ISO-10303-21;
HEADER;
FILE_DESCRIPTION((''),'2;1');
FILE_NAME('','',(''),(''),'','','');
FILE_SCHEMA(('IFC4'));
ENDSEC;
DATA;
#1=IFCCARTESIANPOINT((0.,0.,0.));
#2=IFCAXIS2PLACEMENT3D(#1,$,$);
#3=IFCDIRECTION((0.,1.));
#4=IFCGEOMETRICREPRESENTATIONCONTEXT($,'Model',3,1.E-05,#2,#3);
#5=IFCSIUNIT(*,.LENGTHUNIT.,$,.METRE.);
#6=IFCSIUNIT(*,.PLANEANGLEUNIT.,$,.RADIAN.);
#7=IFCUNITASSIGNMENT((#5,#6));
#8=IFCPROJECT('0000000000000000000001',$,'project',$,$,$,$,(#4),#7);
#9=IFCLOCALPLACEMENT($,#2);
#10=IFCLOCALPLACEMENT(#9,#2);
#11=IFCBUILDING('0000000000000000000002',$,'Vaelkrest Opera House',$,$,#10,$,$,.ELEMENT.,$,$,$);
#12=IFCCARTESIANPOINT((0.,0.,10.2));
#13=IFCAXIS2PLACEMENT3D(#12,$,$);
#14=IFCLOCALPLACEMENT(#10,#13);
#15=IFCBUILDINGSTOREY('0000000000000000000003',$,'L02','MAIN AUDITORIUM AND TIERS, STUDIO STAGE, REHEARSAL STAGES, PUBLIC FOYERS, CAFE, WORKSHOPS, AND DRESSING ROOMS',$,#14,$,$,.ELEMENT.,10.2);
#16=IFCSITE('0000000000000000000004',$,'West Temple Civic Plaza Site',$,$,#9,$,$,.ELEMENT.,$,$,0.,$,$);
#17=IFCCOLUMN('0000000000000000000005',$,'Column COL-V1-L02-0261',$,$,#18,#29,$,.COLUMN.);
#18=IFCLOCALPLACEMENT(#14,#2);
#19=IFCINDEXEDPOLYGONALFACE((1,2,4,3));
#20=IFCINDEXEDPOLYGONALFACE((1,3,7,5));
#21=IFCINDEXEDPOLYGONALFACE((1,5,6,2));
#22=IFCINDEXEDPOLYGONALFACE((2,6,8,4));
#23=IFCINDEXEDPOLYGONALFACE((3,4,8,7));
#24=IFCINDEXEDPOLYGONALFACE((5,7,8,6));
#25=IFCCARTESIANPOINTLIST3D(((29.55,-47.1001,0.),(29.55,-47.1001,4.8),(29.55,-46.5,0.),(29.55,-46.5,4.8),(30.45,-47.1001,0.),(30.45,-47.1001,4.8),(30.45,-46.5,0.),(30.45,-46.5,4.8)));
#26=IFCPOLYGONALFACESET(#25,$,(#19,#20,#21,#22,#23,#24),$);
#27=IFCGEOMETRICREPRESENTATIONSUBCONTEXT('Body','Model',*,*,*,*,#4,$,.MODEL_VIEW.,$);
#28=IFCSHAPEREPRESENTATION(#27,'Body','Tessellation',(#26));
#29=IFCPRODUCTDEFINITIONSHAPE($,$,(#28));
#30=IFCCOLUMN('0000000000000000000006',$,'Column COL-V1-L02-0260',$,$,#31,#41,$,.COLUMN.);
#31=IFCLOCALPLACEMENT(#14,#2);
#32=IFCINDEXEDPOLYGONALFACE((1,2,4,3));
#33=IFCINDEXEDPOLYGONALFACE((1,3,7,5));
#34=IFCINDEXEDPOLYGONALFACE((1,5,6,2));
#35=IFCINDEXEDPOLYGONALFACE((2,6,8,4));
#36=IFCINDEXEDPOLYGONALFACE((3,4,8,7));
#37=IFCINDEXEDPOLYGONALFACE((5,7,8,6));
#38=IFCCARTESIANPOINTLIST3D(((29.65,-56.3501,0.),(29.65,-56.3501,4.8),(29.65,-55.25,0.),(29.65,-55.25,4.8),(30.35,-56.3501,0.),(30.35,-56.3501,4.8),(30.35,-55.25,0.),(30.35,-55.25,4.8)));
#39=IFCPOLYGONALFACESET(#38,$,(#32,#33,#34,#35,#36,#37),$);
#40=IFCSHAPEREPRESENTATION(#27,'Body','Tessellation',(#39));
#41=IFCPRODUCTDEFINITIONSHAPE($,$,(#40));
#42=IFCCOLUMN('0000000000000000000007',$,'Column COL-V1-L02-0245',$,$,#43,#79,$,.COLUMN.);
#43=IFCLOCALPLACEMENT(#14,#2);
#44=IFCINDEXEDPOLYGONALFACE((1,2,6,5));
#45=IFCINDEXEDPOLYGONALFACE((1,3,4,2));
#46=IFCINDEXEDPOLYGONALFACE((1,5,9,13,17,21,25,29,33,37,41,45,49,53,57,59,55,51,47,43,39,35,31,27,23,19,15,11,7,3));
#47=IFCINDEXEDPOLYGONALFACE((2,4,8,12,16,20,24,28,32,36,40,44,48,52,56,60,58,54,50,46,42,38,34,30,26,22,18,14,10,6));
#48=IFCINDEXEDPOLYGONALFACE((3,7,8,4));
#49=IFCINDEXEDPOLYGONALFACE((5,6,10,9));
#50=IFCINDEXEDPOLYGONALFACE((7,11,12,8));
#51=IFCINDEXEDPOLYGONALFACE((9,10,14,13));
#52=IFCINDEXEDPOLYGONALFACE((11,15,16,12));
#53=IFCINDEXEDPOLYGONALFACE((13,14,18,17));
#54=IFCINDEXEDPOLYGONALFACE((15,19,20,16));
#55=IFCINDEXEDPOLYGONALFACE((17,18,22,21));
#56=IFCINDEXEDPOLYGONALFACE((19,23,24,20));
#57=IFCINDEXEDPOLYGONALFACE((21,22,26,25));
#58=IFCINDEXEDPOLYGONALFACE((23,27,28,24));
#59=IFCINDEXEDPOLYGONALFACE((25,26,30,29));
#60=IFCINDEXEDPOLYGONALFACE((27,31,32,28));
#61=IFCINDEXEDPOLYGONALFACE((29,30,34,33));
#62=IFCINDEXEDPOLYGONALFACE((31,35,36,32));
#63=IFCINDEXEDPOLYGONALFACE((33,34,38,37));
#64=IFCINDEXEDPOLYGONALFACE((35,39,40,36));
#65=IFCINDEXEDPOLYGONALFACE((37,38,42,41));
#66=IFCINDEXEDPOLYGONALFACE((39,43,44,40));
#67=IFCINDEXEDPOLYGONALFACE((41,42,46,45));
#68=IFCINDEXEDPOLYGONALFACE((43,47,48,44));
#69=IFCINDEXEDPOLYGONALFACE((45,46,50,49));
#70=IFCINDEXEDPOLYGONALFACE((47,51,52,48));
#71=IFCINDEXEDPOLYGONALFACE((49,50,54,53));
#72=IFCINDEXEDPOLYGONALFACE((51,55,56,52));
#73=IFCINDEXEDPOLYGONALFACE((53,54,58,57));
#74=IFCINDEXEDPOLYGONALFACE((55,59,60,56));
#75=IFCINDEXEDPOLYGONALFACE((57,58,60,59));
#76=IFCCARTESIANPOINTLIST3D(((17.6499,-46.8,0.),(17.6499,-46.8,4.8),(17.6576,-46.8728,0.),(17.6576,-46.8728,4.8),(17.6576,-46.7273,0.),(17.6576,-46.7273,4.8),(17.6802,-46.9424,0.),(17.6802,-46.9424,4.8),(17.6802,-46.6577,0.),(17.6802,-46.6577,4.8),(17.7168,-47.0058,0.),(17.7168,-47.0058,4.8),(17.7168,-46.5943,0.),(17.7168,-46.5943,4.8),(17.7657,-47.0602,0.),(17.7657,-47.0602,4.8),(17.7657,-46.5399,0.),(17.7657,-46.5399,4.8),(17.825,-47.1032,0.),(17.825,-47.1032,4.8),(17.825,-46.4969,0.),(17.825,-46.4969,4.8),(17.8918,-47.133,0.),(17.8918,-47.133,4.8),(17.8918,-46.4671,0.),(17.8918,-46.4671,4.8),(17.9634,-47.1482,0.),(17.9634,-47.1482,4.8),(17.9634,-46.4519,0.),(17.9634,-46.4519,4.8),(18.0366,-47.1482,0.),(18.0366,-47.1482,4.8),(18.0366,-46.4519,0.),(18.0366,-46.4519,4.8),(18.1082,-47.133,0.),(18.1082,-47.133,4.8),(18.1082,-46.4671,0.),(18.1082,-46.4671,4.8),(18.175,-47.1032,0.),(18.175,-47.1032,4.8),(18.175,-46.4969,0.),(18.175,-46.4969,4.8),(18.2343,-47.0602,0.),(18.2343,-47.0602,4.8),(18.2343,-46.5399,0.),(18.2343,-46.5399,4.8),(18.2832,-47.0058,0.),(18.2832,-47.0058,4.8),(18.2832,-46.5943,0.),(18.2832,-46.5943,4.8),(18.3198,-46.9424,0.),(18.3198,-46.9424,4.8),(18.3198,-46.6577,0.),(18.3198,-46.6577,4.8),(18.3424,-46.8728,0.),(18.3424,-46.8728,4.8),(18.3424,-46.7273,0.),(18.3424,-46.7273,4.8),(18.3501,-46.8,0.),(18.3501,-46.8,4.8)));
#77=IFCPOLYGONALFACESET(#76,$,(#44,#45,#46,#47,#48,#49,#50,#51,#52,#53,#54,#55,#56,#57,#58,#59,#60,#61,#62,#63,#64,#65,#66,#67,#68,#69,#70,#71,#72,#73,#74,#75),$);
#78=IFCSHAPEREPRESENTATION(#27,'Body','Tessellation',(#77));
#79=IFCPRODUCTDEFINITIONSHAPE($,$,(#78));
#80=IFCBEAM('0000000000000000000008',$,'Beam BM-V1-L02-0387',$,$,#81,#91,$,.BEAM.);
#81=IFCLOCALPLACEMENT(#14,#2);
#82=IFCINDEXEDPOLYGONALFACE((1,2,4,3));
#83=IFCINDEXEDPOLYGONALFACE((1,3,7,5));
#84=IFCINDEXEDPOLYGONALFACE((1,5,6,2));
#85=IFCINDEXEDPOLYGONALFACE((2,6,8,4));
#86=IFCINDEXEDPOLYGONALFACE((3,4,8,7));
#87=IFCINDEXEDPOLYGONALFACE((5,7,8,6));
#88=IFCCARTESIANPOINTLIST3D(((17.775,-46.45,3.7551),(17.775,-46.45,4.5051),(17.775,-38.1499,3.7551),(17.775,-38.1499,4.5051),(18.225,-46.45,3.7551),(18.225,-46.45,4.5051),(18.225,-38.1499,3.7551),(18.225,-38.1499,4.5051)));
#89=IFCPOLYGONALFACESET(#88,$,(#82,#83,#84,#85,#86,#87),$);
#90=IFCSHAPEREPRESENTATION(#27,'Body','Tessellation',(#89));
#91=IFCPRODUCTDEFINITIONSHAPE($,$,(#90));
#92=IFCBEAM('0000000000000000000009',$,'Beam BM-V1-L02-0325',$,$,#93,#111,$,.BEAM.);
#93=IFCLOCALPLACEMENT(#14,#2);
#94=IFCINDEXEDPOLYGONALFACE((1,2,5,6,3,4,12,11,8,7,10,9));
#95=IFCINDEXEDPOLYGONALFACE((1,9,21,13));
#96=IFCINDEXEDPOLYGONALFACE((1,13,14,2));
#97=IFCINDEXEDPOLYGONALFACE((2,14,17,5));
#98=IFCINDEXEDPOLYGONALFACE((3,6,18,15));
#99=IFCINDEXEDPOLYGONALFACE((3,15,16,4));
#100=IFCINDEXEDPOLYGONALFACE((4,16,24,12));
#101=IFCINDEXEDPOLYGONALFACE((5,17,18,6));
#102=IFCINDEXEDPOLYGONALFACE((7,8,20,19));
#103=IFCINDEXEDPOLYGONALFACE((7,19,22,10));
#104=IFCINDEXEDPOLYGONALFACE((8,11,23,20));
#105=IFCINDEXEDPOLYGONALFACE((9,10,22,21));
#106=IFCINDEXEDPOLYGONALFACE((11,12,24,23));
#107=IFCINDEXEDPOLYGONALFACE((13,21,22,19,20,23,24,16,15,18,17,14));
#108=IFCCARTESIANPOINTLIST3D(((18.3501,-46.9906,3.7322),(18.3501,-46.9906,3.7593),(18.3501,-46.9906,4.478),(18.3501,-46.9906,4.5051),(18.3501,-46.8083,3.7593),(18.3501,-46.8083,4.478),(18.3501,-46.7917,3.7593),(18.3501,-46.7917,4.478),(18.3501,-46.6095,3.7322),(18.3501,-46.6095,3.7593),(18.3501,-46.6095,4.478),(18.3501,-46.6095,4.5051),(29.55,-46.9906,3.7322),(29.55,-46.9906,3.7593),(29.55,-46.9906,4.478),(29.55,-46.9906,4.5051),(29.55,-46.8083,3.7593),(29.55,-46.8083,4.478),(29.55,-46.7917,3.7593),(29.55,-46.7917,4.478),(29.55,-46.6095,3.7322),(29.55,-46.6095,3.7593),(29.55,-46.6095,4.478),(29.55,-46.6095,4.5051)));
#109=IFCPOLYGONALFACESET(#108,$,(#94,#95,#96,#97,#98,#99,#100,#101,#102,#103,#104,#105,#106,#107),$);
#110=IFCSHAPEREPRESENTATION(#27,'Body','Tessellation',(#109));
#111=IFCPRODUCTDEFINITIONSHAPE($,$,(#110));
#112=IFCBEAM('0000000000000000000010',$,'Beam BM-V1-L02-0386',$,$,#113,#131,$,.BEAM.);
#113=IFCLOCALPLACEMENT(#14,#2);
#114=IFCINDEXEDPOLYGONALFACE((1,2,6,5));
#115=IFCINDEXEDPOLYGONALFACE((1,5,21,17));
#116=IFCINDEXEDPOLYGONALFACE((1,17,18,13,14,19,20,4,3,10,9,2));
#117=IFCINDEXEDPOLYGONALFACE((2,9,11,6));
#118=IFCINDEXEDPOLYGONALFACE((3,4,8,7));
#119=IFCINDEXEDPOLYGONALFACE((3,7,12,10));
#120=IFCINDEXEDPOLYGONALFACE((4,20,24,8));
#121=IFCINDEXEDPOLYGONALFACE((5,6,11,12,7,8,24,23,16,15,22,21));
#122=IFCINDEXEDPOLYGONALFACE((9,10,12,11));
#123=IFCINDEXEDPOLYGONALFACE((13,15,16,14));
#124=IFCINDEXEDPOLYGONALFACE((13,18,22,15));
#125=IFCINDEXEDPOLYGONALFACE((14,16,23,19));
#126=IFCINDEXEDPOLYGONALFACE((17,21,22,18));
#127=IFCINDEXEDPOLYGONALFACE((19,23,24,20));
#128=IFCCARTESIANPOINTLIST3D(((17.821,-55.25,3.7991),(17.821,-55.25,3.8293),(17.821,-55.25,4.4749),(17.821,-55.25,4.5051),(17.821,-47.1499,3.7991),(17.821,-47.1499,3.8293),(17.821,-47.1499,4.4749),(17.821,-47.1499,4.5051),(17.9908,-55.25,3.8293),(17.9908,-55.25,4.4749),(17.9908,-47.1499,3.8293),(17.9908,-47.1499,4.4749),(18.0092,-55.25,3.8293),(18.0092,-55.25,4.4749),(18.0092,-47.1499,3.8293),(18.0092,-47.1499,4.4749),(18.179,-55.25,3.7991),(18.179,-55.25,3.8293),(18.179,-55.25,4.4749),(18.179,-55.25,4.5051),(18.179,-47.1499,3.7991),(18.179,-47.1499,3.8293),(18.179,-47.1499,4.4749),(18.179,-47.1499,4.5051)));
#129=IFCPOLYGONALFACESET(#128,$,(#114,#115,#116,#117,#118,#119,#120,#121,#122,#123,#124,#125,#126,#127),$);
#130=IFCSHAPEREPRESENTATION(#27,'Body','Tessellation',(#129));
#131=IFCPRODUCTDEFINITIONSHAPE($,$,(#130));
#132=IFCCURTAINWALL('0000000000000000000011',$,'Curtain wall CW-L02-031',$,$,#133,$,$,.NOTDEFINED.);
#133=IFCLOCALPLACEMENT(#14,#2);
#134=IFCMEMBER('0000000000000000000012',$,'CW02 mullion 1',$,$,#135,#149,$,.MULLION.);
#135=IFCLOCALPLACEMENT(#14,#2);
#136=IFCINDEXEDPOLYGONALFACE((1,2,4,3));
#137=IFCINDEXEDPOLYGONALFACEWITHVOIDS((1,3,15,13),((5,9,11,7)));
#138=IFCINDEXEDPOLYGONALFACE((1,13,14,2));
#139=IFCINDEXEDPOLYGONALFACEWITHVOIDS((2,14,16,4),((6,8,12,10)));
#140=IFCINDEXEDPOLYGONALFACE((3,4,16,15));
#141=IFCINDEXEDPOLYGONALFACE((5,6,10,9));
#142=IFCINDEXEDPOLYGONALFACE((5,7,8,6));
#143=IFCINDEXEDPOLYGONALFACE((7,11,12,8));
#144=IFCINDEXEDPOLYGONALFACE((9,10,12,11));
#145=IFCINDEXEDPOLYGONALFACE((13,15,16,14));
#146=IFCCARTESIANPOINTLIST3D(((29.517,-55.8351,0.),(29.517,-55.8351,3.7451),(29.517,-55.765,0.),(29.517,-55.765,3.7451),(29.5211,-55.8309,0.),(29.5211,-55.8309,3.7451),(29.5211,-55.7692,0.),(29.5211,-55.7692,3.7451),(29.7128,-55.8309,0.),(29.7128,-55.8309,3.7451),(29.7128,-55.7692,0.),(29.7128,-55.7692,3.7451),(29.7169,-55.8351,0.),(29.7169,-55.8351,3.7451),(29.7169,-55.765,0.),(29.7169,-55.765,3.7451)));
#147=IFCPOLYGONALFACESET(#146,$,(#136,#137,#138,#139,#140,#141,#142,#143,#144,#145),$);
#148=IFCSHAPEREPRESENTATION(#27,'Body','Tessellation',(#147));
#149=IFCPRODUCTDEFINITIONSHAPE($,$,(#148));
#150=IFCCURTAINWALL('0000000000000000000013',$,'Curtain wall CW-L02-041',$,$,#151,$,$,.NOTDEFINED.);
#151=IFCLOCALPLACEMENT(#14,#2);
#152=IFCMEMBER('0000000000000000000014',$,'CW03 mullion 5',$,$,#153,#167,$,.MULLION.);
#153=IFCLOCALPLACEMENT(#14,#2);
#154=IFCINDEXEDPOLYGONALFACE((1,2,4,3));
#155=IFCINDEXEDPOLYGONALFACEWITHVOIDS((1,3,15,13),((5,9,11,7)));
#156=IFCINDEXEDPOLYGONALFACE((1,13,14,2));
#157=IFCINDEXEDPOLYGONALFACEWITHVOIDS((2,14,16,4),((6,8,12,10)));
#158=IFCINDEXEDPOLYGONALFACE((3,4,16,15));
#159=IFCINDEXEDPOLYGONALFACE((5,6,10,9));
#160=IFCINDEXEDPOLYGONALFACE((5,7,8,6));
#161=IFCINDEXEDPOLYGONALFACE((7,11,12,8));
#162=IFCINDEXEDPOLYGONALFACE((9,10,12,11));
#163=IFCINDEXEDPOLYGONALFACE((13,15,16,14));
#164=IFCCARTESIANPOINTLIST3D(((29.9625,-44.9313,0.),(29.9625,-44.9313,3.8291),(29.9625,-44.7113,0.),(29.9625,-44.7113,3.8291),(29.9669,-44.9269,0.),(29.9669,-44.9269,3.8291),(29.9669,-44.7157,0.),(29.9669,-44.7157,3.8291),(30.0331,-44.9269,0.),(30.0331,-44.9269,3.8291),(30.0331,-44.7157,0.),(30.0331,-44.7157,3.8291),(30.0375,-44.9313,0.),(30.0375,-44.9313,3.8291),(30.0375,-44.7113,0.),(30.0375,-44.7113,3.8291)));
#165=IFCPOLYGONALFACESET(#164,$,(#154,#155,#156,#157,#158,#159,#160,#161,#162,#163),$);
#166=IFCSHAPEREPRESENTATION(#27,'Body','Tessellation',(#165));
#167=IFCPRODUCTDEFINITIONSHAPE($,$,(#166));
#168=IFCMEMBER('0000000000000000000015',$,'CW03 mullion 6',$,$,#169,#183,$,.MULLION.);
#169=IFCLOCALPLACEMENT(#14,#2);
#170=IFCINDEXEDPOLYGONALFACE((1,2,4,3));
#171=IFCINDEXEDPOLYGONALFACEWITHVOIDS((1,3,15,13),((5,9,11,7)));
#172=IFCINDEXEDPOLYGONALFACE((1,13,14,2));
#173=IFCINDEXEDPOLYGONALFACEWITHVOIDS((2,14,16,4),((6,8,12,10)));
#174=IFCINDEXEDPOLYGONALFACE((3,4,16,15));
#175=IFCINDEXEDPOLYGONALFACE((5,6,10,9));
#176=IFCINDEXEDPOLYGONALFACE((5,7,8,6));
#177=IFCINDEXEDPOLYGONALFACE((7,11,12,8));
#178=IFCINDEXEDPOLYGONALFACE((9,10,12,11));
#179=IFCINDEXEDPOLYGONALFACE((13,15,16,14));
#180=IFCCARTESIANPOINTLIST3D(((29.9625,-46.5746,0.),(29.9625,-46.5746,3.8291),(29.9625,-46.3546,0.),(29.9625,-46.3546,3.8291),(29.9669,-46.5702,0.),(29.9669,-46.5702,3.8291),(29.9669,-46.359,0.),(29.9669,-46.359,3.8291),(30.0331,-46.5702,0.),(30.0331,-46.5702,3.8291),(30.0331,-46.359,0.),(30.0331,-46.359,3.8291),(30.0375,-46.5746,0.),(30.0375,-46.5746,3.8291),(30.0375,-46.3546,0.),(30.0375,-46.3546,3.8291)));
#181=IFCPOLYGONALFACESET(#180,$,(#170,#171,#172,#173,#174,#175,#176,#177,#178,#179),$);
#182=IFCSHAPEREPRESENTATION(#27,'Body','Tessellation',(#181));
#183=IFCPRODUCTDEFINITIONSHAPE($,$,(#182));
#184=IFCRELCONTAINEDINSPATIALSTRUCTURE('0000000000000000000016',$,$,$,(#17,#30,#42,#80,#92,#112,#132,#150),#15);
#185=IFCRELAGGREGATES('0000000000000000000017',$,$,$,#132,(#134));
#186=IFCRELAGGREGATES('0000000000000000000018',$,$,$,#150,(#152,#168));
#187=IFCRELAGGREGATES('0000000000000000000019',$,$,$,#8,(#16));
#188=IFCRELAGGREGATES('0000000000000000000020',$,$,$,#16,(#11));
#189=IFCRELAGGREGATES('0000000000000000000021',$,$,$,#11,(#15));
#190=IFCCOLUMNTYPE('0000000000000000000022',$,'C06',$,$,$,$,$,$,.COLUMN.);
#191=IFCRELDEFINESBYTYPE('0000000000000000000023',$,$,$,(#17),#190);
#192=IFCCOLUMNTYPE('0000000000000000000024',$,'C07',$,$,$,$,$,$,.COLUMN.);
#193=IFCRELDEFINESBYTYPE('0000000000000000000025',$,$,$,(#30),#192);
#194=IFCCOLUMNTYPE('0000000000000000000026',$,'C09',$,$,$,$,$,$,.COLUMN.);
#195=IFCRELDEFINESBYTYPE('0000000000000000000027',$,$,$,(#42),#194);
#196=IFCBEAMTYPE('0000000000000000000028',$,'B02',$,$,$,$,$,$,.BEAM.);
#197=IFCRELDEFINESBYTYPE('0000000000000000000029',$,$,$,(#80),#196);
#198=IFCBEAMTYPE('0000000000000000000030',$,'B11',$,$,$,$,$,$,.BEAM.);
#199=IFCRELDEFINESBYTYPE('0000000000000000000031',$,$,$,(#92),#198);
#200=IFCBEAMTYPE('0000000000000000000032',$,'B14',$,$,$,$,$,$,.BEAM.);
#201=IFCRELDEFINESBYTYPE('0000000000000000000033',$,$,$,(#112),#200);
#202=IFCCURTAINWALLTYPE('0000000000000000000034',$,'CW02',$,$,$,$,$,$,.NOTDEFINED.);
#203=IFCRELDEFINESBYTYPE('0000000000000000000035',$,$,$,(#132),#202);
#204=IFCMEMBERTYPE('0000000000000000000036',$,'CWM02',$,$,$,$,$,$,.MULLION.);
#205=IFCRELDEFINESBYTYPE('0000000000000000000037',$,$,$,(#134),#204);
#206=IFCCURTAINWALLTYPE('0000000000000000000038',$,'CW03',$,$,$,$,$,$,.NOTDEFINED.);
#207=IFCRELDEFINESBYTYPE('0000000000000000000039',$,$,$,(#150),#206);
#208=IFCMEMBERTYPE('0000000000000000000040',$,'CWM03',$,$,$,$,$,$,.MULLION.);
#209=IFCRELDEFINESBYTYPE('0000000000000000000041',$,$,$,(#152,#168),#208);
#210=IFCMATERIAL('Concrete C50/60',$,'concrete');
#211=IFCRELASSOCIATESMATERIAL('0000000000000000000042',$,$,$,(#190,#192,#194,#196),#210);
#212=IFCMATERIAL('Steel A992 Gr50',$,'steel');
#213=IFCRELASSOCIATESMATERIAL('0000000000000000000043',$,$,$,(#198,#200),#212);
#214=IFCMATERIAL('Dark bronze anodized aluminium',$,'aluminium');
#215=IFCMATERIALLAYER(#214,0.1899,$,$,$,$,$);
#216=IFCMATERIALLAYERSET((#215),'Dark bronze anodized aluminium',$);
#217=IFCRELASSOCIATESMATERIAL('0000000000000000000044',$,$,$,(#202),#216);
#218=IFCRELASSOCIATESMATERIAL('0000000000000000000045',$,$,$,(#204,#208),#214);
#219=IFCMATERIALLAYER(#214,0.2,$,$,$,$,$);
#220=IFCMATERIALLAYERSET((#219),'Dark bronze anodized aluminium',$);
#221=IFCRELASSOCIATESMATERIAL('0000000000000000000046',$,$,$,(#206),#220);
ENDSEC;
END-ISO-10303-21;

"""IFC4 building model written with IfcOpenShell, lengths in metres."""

from ifc_helpers import new_model, si_unit, direction, frame, origin, origin_2d, place, context, subcontext, project, spatial, rectangle, hollow_rectangle, circle, i_section, extrude, material, layer, layer_set, material_profile, profile_set, type_object, element, aggregate, save


model = new_model("IFC4")

# Units and contexts
model_context = context("Model", 3, precision=1e-05, world=origin(), true_north=direction((0.0, 1.0)))
body_context = subcontext(model_context, "Body", "Model", "MODEL_VIEW")
ifc_project = project(units=[si_unit("LENGTHUNIT", "METRE"), si_unit("PLANEANGLEUNIT", "RADIAN")], contexts=[model_context])

# Site, building, storey
site_placement = place(None, origin())
site = spatial("IfcSite", under=ifc_project, at=site_placement, Name="West Temple Civic Plaza Site", CompositionType="ELEMENT", RefElevation=0.0)
building_placement = place(site_placement, origin())
building = spatial("IfcBuilding", under=site, at=building_placement, Name="Vaelkrest Opera House", CompositionType="ELEMENT")
storey_placement = place(building_placement, frame((0.0, 0.0, 10.2)))
storey = spatial("IfcBuildingStorey", under=building, at=storey_placement, Name="L02", Description="MAIN AUDITORIUM AND TIERS, STUDIO STAGE, REHEARSAL STAGES, PUBLIC FOYERS, CAFE, WORKSHOPS, AND DRESSING ROOMS", CompositionType="ELEMENT", Elevation=10.2)

# Columns
ifc_material_1 = material(Name="Concrete C50/60", Category="concrete")
ifc_material_profile_1 = material_profile(ifc_material_1, rectangle(XDim=0.6001, YDim=0.8999, at=origin_2d()), Name="RC600X900")
ifc_profile_set_1 = profile_set([ifc_material_profile_1], Name="Concrete C50/60")
column_type_1 = type_object("IfcColumnType", Name="C06", PredefinedType="COLUMN", material=ifc_profile_set_1)
column_1_placement = place(storey_placement, frame((30.0, -46.8, 0.0), z_axis=(0.0, 0.0, 1.0), x_axis=(0.0, 1.0, 0.0)))
element("IfcColumn", 1, at=column_1_placement, inside=storey, type_object=column_type_1, Name="Column COL-V1-L02-0261", PredefinedType="COLUMN", context=body_context, shape_type="SweptSolid", body=[
    extrude(rectangle(XDim=0.6001, YDim=0.8999, at=origin_2d()), origin(), (0.0, 0.0, 1.0), 4.8),
])
ifc_material_profile_2 = material_profile(ifc_material_1, rectangle(XDim=0.7, YDim=1.1001, at=origin_2d()), Name="RC700X1100")
ifc_profile_set_2 = profile_set([ifc_material_profile_2], Name="Concrete C50/60")
column_type_2 = type_object("IfcColumnType", Name="C07", PredefinedType="COLUMN", material=ifc_profile_set_2)
column_2_placement = place(storey_placement, frame((30.0, -55.8, 0.0), z_axis=(0.0, 0.0, 1.0), x_axis=(1.0, 0.0, 0.0)))
element("IfcColumn", 2, at=column_2_placement, inside=storey, type_object=column_type_2, Name="Column COL-V1-L02-0260", PredefinedType="COLUMN", context=body_context, shape_type="SweptSolid", body=[
    extrude(rectangle(XDim=0.7, YDim=1.1001, at=origin_2d()), origin(), (0.0, 0.0, 1.0), 4.8),
])
ifc_material_profile_3 = material_profile(ifc_material_1, circle(Radius=0.3501, at=origin_2d()), Name="RCD700")
ifc_profile_set_3 = profile_set([ifc_material_profile_3], Name="Concrete C50/60")
column_type_3 = type_object("IfcColumnType", Name="C09", PredefinedType="COLUMN", material=ifc_profile_set_3)
column_3_placement = place(storey_placement, frame((18.0, -46.8, 0.0), z_axis=(0.0, 0.0, 1.0), x_axis=(1.0, 0.0, 0.0)))
element("IfcColumn", 3, at=column_3_placement, inside=storey, type_object=column_type_3, Name="Column COL-V1-L02-0245", PredefinedType="COLUMN", context=body_context, shape_type="SweptSolid", body=[
    extrude(circle(Radius=0.3501, at=origin_2d()), origin(), (0.0, 0.0, 1.0), 4.8),
])

# Beams
ifc_material_profile_4 = material_profile(ifc_material_1, rectangle(XDim=0.45, YDim=0.75, at=origin_2d()), Name="RCB450X750")
ifc_profile_set_4 = profile_set([ifc_material_profile_4], Name="Concrete C50/60")
beam_type_1 = type_object("IfcBeamType", Name="B02", PredefinedType="BEAM", material=ifc_profile_set_4)
beam_1_placement = place(storey_placement, frame((18.0, -46.45, 4.1301), z_axis=(0.0, 1.0, 0.0), x_axis=(-1.0, 0.0, 0.0)))
element("IfcBeam", 4, at=beam_1_placement, inside=storey, type_object=beam_type_1, Name="Beam BM-V1-L02-0387", PredefinedType="BEAM", context=body_context, shape_type="SweptSolid", body=[
    extrude(rectangle(XDim=0.45, YDim=0.75, at=origin_2d()), origin(), (0.0, 0.0, 1.0), 8.3),
])
ifc_material_2 = material(Name="Steel A992 Gr50", Category="steel")
ifc_material_profile_5 = material_profile(ifc_material_2, i_section(OverallWidth=0.3811, OverallDepth=0.7729, WebThickness=0.0166, FlangeThickness=0.0271, at=origin_2d()), Name="W30X173")
ifc_profile_set_5 = profile_set([ifc_material_profile_5], Name="Steel A992 Gr50")
beam_type_2 = type_object("IfcBeamType", Name="B11", PredefinedType="BEAM", material=ifc_profile_set_5)
beam_2_placement = place(storey_placement, frame((18.3501, -46.8, 4.1187), z_axis=(1.0, 0.0, 0.0), x_axis=(0.0, 1.0, 0.0)))
element("IfcBeam", 5, at=beam_2_placement, inside=storey, type_object=beam_type_2, Name="Beam BM-V1-L02-0325", PredefinedType="BEAM", context=body_context, shape_type="SweptSolid", body=[
    extrude(i_section(OverallWidth=0.3811, OverallDepth=0.7729, WebThickness=0.0166, FlangeThickness=0.0271, at=origin_2d()), origin(), (0.0, 0.0, 1.0), 11.2),
])
ifc_material_profile_6 = material_profile(ifc_material_2, i_section(OverallWidth=0.3579, OverallDepth=0.7061, WebThickness=0.0183, FlangeThickness=0.0303, at=origin_2d()), Name="W27X178")
ifc_profile_set_6 = profile_set([ifc_material_profile_6], Name="Steel A992 Gr50")
beam_type_3 = type_object("IfcBeamType", Name="B14", PredefinedType="BEAM", material=ifc_profile_set_6)
beam_3_placement = place(storey_placement, frame((18.0, -55.25, 4.1521), z_axis=(0.0, 1.0, 0.0), x_axis=(-1.0, 0.0, 0.0)))
element("IfcBeam", 6, at=beam_3_placement, inside=storey, type_object=beam_type_3, Name="Beam BM-V1-L02-0386", PredefinedType="BEAM", context=body_context, shape_type="SweptSolid", body=[
    extrude(i_section(OverallWidth=0.3579, OverallDepth=0.7061, WebThickness=0.0183, FlangeThickness=0.0303, at=origin_2d()), origin(), (0.0, 0.0, 1.0), 8.1001),
])

# Curtain wall, member
ifc_material_3 = material(Name="Dark bronze anodized aluminium", Category="aluminium")
ifc_layer_1 = layer(ifc_material_3, 0.1899)
ifc_layer_set_1 = layer_set([ifc_layer_1], Name="Dark bronze anodized aluminium")
curtain_wall_type_1 = type_object("IfcCurtainWallType", Name="CW02", PredefinedType="NOTDEFINED", material=ifc_layer_set_1)
curtain_wall_1_placement = place(storey_placement, origin())
curtain_wall_1 = element("IfcCurtainWall", 7, at=curtain_wall_1_placement, inside=storey, type_object=curtain_wall_type_1, Name="Curtain wall CW-L02-031", PredefinedType="NOTDEFINED")
ifc_material_profile_7 = material_profile(ifc_material_3, hollow_rectangle(XDim=0.0701, YDim=0.2, WallThickness=0.0042, at=origin_2d()), Name="CWM70X200")
ifc_profile_set_7 = profile_set([ifc_material_profile_7], Name="Dark bronze anodized aluminium")
member_type_1 = type_object("IfcMemberType", Name="CWM02", PredefinedType="MULLION", material=ifc_profile_set_7)
member_1_placement = place(storey_placement, frame((29.6169, -55.8, 0.0), z_axis=(0.0, 0.0, 1.0), x_axis=(0.0, -1.0, 0.0)))
member_1 = element("IfcMember", 8, at=member_1_placement, type_object=member_type_1, Name="CW02 mullion 1", PredefinedType="MULLION", context=body_context, shape_type="SweptSolid", body=[
    extrude(hollow_rectangle(XDim=0.0701, YDim=0.2, WallThickness=0.0042, at=origin_2d()), origin(), (0.0, 0.0, 1.0), 3.7451),
])

# Curtain wall, members
ifc_layer_2 = layer(ifc_material_3, 0.2)
ifc_layer_set_2 = layer_set([ifc_layer_2], Name="Dark bronze anodized aluminium")
curtain_wall_type_2 = type_object("IfcCurtainWallType", Name="CW03", PredefinedType="NOTDEFINED", material=ifc_layer_set_2)
curtain_wall_2_placement = place(storey_placement, origin())
curtain_wall_2 = element("IfcCurtainWall", 9, at=curtain_wall_2_placement, inside=storey, type_object=curtain_wall_type_2, Name="Curtain wall CW-L02-041", PredefinedType="NOTDEFINED")
ifc_material_profile_8 = material_profile(ifc_material_3, hollow_rectangle(XDim=0.075, YDim=0.22, WallThickness=0.0044, at=origin_2d()), Name="CWM75X220")
ifc_profile_set_8 = profile_set([ifc_material_profile_8], Name="Dark bronze anodized aluminium")
member_type_2 = type_object("IfcMemberType", Name="CWM03", PredefinedType="MULLION", material=ifc_profile_set_8)
member_2_placement = place(storey_placement, frame((30.0, -44.8213, 0.0), z_axis=(0.0, 0.0, 1.0), x_axis=(1.0, 0.0, 0.0)))
member_2 = element("IfcMember", 10, at=member_2_placement, type_object=member_type_2, Name="CW03 mullion 5", PredefinedType="MULLION", context=body_context, shape_type="SweptSolid", body=[
    extrude(hollow_rectangle(XDim=0.075, YDim=0.22, WallThickness=0.0044, at=origin_2d()), origin(), (0.0, 0.0, 1.0), 3.8291),
])
member_3_placement = place(storey_placement, frame((30.0, -46.4646, 0.0), z_axis=(0.0, 0.0, 1.0), x_axis=(1.0, 0.0, 0.0)))
member_3 = element("IfcMember", 11, at=member_3_placement, type_object=member_type_2, Name="CW03 mullion 6", PredefinedType="MULLION", context=body_context, shape_type="SweptSolid", body=[
    extrude(hollow_rectangle(XDim=0.075, YDim=0.22, WallThickness=0.0044, at=origin_2d()), origin(), (0.0, 0.0, 1.0), 3.8291),
])

aggregate(curtain_wall_1, [member_1])

aggregate(curtain_wall_2, [member_2, member_3])

save(model, "model.ifc")
